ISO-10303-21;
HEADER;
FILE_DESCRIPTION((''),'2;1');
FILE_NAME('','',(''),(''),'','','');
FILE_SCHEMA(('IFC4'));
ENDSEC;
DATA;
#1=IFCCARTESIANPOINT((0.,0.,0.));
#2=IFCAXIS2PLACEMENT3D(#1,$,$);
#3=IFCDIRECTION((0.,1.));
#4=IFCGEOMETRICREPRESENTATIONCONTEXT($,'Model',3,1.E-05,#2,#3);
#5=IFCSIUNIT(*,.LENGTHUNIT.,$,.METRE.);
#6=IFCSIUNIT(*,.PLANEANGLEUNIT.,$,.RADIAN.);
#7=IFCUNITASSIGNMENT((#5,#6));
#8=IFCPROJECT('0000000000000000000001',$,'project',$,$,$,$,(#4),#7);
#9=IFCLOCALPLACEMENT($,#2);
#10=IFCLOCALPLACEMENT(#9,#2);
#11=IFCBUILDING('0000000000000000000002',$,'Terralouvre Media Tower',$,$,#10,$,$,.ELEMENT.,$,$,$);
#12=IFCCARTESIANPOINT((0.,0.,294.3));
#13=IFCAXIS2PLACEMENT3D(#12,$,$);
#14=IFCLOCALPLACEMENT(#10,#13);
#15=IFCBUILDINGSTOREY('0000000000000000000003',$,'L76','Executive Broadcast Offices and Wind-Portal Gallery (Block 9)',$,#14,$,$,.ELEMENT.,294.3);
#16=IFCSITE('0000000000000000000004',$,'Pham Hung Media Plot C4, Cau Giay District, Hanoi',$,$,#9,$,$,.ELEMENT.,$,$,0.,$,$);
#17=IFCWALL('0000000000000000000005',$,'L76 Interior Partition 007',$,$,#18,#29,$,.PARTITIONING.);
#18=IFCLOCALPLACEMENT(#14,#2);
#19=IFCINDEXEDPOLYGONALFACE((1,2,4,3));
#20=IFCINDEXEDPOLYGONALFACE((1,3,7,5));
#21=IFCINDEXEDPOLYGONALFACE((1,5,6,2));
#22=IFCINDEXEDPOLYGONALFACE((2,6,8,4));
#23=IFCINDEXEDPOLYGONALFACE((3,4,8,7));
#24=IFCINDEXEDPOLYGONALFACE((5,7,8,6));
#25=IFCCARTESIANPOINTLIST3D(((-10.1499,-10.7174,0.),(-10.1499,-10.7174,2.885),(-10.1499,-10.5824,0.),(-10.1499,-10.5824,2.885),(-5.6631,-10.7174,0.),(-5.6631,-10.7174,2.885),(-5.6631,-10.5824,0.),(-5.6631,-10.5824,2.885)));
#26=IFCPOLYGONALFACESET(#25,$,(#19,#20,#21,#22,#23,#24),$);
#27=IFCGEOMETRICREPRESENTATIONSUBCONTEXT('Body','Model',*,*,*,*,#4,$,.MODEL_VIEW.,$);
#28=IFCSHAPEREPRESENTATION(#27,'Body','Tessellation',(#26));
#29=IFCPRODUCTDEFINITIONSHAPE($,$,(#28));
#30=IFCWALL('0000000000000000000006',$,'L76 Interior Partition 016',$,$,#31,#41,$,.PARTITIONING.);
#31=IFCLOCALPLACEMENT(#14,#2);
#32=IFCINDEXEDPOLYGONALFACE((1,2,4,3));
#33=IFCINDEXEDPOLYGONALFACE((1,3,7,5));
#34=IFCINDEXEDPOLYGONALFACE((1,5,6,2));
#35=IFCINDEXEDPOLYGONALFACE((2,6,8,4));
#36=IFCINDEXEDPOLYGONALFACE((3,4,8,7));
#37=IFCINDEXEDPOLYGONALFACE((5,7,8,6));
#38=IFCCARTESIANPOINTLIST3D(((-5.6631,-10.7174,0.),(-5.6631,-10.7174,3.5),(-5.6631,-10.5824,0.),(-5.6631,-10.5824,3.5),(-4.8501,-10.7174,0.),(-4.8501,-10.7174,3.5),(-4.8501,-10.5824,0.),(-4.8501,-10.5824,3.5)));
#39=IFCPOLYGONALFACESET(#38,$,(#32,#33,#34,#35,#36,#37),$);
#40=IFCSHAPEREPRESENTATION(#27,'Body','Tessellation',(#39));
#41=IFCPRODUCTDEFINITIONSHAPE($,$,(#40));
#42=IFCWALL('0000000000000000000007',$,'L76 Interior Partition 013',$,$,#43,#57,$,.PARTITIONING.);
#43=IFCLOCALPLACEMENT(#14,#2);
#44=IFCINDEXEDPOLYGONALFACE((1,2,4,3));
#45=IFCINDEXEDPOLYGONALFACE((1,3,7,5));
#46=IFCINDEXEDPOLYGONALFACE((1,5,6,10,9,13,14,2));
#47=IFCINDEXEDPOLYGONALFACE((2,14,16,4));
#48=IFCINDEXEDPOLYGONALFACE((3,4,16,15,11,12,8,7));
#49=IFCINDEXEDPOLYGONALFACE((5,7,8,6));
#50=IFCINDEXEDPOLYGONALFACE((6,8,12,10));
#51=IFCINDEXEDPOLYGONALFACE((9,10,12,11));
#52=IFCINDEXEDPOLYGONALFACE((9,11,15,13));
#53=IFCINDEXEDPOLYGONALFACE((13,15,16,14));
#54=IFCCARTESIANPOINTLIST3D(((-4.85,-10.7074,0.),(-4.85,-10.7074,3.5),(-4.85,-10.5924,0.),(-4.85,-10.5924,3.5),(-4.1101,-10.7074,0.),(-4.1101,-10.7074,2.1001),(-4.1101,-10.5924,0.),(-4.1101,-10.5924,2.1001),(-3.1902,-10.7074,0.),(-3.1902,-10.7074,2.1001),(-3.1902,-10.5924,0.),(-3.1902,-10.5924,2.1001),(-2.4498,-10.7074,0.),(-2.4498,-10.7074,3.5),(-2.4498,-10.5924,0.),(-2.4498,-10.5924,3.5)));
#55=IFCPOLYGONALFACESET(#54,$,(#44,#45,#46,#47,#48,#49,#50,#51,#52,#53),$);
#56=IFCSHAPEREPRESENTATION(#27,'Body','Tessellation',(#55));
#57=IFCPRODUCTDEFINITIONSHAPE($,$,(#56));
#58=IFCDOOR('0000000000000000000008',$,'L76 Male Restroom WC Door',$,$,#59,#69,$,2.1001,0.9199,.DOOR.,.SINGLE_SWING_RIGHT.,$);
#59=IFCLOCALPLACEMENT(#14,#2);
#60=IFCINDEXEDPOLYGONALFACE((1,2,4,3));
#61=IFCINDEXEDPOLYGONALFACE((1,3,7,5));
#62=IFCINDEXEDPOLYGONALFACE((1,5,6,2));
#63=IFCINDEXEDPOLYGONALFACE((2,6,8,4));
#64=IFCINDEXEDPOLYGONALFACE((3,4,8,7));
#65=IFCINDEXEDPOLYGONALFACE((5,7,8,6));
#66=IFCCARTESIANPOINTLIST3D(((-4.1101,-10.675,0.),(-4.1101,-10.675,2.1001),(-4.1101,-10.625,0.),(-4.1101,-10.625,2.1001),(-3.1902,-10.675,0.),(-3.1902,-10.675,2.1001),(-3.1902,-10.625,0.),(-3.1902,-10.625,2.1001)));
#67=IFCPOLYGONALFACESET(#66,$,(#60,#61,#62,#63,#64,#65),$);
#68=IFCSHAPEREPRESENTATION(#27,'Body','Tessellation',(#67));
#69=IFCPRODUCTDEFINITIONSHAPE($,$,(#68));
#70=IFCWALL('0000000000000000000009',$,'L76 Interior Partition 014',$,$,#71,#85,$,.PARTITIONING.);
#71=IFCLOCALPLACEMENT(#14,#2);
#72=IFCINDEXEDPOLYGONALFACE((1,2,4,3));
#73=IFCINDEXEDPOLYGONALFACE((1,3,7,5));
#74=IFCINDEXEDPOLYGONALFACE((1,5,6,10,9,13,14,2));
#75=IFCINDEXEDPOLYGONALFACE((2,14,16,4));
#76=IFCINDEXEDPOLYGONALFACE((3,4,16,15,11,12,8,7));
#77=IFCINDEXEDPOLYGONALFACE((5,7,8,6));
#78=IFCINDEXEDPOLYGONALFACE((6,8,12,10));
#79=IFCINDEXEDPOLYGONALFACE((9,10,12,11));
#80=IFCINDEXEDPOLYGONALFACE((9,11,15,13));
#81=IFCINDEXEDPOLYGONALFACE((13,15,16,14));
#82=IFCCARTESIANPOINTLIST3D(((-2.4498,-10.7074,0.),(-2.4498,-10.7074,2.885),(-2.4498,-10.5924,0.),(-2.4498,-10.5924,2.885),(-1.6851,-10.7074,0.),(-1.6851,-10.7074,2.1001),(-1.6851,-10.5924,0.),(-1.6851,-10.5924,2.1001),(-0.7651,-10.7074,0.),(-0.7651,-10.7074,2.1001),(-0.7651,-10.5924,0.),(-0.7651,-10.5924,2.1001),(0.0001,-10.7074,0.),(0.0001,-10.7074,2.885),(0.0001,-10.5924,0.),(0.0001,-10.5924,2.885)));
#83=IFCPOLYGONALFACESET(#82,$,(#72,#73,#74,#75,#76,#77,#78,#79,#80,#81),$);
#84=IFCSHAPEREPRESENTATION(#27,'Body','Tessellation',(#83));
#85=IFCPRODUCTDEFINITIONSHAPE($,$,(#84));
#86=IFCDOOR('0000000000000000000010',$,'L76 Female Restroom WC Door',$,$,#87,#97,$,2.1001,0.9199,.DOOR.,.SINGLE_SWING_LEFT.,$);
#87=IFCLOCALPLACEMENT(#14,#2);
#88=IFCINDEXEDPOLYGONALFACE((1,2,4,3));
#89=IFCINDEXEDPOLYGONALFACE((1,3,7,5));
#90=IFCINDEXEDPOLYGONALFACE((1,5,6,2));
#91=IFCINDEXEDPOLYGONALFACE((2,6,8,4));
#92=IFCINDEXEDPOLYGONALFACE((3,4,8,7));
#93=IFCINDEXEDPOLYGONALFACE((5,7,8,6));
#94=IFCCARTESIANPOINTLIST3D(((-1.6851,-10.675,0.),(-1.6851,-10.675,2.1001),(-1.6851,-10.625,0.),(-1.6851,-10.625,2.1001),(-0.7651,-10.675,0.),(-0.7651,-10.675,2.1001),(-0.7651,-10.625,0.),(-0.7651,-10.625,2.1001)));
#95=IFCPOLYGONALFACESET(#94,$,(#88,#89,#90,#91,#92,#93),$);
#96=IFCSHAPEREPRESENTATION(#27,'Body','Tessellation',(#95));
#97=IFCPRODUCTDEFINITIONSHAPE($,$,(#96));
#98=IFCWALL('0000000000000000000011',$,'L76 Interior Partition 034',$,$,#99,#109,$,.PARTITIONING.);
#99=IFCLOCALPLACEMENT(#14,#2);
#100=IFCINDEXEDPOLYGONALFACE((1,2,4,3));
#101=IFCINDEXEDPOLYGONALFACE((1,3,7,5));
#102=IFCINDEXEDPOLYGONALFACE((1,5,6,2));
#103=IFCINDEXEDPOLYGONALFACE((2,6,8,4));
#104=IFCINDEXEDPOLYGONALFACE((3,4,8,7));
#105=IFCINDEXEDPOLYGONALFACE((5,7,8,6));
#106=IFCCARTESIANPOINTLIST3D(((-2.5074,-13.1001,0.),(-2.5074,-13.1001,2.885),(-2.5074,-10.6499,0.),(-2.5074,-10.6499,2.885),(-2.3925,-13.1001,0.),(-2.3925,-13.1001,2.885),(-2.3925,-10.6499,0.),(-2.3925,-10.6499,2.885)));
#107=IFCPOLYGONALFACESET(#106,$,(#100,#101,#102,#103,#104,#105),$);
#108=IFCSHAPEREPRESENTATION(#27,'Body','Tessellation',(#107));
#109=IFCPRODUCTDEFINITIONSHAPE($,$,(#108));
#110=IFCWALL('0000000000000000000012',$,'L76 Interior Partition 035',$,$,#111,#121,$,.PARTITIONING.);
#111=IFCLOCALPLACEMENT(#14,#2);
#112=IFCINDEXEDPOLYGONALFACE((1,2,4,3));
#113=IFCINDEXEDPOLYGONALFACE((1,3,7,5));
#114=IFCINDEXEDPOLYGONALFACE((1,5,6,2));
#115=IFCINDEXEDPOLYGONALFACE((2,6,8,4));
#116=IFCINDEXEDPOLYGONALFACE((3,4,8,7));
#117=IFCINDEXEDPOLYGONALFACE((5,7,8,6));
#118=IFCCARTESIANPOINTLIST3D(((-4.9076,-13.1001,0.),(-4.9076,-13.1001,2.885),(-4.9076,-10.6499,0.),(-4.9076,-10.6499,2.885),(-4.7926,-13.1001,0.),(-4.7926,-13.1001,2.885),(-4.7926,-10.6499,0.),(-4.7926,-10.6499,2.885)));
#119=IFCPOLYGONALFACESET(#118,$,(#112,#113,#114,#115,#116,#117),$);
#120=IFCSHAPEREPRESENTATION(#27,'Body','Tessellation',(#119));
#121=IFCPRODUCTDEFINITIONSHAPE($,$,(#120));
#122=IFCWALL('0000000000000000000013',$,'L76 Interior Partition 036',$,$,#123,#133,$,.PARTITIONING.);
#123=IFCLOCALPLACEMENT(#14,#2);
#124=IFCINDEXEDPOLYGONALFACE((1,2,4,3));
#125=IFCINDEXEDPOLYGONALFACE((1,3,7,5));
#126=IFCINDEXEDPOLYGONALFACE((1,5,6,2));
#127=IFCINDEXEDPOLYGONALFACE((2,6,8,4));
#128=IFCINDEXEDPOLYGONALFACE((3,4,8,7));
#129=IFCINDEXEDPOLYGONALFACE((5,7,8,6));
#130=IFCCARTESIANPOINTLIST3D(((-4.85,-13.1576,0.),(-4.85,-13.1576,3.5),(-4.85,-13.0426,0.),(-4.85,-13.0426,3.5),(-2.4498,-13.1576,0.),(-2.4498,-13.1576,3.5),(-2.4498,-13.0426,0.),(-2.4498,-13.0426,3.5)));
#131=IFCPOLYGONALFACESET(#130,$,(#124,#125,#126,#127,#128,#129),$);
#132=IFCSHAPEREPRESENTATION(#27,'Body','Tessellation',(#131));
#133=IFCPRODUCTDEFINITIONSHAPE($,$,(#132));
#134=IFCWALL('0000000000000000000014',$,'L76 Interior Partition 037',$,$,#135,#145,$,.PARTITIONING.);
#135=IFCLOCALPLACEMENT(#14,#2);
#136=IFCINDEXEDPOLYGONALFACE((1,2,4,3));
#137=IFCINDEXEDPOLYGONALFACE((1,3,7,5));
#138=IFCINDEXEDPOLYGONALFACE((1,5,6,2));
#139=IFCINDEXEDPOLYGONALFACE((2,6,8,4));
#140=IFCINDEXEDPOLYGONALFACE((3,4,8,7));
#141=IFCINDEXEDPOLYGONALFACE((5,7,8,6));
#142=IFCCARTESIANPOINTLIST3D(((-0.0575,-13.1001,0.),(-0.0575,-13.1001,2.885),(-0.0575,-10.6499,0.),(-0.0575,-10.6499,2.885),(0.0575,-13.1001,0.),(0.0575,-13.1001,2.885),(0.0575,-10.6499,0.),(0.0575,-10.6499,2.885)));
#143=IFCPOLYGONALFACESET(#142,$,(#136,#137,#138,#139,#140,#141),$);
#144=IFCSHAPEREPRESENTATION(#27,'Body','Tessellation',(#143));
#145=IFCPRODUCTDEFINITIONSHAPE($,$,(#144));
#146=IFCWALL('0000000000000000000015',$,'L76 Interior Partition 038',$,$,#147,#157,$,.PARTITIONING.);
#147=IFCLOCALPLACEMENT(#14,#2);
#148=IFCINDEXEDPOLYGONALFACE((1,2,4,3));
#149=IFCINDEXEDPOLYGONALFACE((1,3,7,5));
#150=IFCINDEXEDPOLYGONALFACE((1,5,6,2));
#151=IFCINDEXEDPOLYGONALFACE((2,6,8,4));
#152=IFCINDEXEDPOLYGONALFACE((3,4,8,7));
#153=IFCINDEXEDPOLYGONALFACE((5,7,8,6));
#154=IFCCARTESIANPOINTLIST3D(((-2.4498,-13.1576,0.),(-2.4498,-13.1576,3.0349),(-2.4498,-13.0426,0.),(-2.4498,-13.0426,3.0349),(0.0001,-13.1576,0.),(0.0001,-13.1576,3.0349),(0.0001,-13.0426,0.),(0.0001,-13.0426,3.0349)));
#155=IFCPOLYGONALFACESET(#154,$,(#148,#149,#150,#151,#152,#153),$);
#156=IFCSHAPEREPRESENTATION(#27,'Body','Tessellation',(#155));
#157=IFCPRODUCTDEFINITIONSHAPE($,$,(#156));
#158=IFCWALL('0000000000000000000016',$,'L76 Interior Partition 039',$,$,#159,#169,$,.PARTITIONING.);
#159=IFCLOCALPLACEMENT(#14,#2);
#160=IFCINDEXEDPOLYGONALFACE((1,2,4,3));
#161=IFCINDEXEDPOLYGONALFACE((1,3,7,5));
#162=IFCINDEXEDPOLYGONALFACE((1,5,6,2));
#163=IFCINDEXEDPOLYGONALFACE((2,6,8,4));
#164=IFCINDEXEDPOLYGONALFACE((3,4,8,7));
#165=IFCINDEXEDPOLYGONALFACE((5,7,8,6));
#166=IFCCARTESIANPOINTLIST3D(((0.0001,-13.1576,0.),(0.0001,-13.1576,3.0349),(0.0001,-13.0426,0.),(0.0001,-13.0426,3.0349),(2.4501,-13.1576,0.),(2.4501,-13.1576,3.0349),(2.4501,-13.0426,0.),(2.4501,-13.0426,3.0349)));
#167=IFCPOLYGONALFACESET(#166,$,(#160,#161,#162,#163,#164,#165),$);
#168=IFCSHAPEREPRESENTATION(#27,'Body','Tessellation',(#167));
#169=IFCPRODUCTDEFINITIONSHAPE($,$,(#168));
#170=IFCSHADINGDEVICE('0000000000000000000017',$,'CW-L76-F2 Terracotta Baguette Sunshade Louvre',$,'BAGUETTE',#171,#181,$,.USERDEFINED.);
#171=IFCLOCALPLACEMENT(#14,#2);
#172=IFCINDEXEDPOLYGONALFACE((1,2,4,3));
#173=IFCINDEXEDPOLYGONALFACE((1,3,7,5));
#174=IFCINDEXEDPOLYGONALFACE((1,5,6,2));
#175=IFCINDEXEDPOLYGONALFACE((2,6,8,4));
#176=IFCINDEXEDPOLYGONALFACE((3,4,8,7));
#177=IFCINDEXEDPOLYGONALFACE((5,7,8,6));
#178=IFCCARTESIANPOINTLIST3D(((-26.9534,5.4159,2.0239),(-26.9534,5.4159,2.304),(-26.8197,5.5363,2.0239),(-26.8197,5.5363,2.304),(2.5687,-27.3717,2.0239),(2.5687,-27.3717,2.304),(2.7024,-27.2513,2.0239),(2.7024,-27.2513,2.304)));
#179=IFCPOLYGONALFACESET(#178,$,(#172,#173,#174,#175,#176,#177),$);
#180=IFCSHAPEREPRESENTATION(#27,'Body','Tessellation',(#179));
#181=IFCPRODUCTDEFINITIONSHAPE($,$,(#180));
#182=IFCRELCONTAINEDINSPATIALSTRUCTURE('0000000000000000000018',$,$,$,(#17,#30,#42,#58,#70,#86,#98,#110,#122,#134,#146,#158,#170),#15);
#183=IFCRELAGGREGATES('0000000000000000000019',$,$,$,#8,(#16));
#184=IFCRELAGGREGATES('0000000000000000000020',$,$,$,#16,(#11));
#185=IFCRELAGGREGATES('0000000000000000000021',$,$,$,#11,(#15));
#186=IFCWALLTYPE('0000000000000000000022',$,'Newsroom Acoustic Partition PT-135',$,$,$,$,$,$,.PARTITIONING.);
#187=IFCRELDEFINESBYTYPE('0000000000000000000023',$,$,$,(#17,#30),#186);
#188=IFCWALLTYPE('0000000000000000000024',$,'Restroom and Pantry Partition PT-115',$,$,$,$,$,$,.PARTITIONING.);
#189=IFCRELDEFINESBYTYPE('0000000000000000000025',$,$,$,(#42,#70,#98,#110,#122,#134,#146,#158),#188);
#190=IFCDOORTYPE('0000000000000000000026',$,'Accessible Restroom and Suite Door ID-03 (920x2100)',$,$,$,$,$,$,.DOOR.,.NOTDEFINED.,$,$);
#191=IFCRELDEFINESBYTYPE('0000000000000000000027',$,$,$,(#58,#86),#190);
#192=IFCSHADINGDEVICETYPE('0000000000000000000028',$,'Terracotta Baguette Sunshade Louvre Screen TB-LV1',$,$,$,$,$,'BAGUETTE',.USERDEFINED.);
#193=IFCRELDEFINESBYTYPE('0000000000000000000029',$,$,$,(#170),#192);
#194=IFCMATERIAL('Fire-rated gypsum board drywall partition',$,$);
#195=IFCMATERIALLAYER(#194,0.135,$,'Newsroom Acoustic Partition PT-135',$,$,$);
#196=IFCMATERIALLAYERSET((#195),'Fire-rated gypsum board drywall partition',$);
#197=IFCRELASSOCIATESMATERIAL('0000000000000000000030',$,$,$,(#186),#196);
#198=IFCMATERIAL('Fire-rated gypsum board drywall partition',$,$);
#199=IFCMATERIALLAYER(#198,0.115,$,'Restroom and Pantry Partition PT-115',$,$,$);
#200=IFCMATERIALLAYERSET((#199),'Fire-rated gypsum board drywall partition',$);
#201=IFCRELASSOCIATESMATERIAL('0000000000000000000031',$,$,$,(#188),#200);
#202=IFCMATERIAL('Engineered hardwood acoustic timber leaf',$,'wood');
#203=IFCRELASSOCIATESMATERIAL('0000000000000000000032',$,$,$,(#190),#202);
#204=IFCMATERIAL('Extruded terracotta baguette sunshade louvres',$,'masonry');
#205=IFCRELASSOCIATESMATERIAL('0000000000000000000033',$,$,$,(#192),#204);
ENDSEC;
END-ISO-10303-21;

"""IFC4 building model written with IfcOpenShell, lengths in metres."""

from ifc_helpers import new_model, si_unit, direction, frame, frame_2d, origin, origin_2d, place, context, subcontext, project, spatial, rectangle, extrude, material, layer, layer_set, type_object, element, fill, save


model = new_model("IFC4")

# Units and contexts
model_context = context("Model", 3, precision=1e-05, world=origin(), true_north=direction((0.0, 1.0)))
body_context = subcontext(model_context, "Body", "Model", "MODEL_VIEW")
ifc_project = project(units=[si_unit("LENGTHUNIT", "METRE"), si_unit("PLANEANGLEUNIT", "RADIAN")], contexts=[model_context])

# Site, building, storey
site_placement = place(None, origin())
site = spatial("IfcSite", under=ifc_project, at=site_placement, Name="Pham Hung Media Plot C4, Cau Giay District, Hanoi", CompositionType="ELEMENT", RefElevation=0.0)
building_placement = place(site_placement, origin())
building = spatial("IfcBuilding", under=site, at=building_placement, Name="Terralouvre Media Tower", CompositionType="ELEMENT")
storey_placement = place(building_placement, frame((0.0, 0.0, 294.3)))
storey = spatial("IfcBuildingStorey", under=building, at=storey_placement, Name="L76", Description="Executive Broadcast Offices and Wind-Portal Gallery (Block 9)", CompositionType="ELEMENT", Elevation=294.3)

# Walls
ifc_material_1 = material(Name="Fire-rated gypsum board drywall partition")
ifc_layer_1 = layer(ifc_material_1, 0.135, Name="Newsroom Acoustic Partition PT-135")
ifc_layer_set_1 = layer_set([ifc_layer_1], Name="Fire-rated gypsum board drywall partition")
wall_type_1 = type_object("IfcWallType", Name="Newsroom Acoustic Partition PT-135", PredefinedType="PARTITIONING", material=ifc_layer_set_1)
wall_1_placement = place(storey_placement, frame((-10.1499, -10.6499, 0.0), z_axis=(0.0, 0.0, 1.0), x_axis=(1.0, 0.0, 0.0)))
element("IfcWall", 1, at=wall_1_placement, inside=storey, type_object=wall_type_1, Name="L76 Interior Partition 007", PredefinedType="PARTITIONING", context=body_context, shape_type="SweptSolid", body=[
    extrude(rectangle(XDim=4.4868, YDim=0.135, at=frame_2d((2.2434, 0.0))), origin(), (0.0, 0.0, 1.0), 2.885),
])
wall_2_placement = place(storey_placement, frame((-5.6631, -10.6499, 0.0), z_axis=(0.0, 0.0, 1.0), x_axis=(1.0, 0.0, 0.0)))
element("IfcWall", 2, at=wall_2_placement, inside=storey, type_object=wall_type_1, Name="L76 Interior Partition 016", PredefinedType="PARTITIONING", context=body_context, shape_type="SweptSolid", body=[
    extrude(rectangle(XDim=0.813, YDim=0.135, at=frame_2d((0.4065, 0.0))), origin(), (0.0, 0.0, 1.0), 3.5),
])

# Walls, openings, doors
ifc_material_2 = material(Name="Fire-rated gypsum board drywall partition")
ifc_layer_2 = layer(ifc_material_2, 0.115, Name="Restroom and Pantry Partition PT-115")
ifc_layer_set_2 = layer_set([ifc_layer_2], Name="Fire-rated gypsum board drywall partition")
wall_type_2 = type_object("IfcWallType", Name="Restroom and Pantry Partition PT-115", PredefinedType="PARTITIONING", material=ifc_layer_set_2)
wall_3_placement = place(storey_placement, frame((-4.8501, -10.6499, 0.0), z_axis=(0.0, 0.0, 1.0), x_axis=(1.0, 0.0, 0.0)))
wall_3 = element("IfcWall", 3, at=wall_3_placement, inside=storey, type_object=wall_type_2, Name="L76 Interior Partition 013", PredefinedType="PARTITIONING", context=body_context, shape_type="SweptSolid", body=[
    extrude(rectangle(XDim=2.4001, YDim=0.115, at=frame_2d((1.2002, 0.0))), origin(), (0.0, 0.0, 1.0), 3.5),
])
opening_1_placement = place(wall_3_placement, frame((0.74, 0.0, 0.0)))
opening_1 = element("IfcOpeningElement", 4, at=opening_1_placement, cuts=wall_3, PredefinedType="OPENING", context=body_context, shape_type="SweptSolid", body=[
    extrude(rectangle(XDim=0.9199, YDim=2.1001, at=frame_2d((0.46, 1.05))), frame((0.0, 0.0674, 0.0), z_axis=(0.0, -1.0, 0.0), x_axis=(1.0, 0.0, 0.0)), (0.0, 0.0, 1.0), 0.135),
])
ifc_material_3 = material(Name="Engineered hardwood acoustic timber leaf", Category="wood")
door_type = type_object("IfcDoorType", Name="Accessible Restroom and Suite Door ID-03 (920x2100)", OperationType="NOTDEFINED", PredefinedType="DOOR", material=ifc_material_3)
door_1_placement = place(opening_1_placement, origin())
door_1 = element("IfcDoor", 5, at=door_1_placement, inside=storey, type_object=door_type, Name="L76 Male Restroom WC Door", OperationType="SINGLE_SWING_RIGHT", OverallHeight=2.1001, OverallWidth=0.9199, PredefinedType="DOOR", context=body_context, shape_type="SweptSolid", body=[
    extrude(rectangle(XDim=0.9199, YDim=2.1001, at=frame_2d((0.46, 1.05))), frame((0.0, 0.0249, 0.0), z_axis=(0.0, -1.0, 0.0), x_axis=(1.0, 0.0, 0.0)), (0.0, 0.0, 1.0), 0.05),
])
fill(opening_1, door_1)
wall_4_placement = place(storey_placement, frame((-2.45, -10.6499, 0.0), z_axis=(0.0, 0.0, 1.0), x_axis=(1.0, 0.0, 0.0)))
wall_4 = element("IfcWall", 6, at=wall_4_placement, inside=storey, type_object=wall_type_2, Name="L76 Interior Partition 014", PredefinedType="PARTITIONING", context=body_context, shape_type="SweptSolid", body=[
    extrude(rectangle(XDim=2.45, YDim=0.115, at=frame_2d((1.2251, 0.0))), origin(), (0.0, 0.0, 1.0), 2.885),
])
opening_2_placement = place(wall_4_placement, frame((0.7649, 0.0, 0.0)))
opening_2 = element("IfcOpeningElement", 7, at=opening_2_placement, cuts=wall_4, PredefinedType="OPENING", context=body_context, shape_type="SweptSolid", body=[
    extrude(rectangle(XDim=0.9199, YDim=2.1001, at=frame_2d((0.46, 1.05))), frame((0.0, 0.0674, 0.0), z_axis=(0.0, -1.0, 0.0), x_axis=(1.0, 0.0, 0.0)), (0.0, 0.0, 1.0), 0.135),
])
door_2_placement = place(opening_2_placement, origin())
door_2 = element("IfcDoor", 8, at=door_2_placement, inside=storey, type_object=door_type, Name="L76 Female Restroom WC Door", OperationType="SINGLE_SWING_LEFT", OverallHeight=2.1001, OverallWidth=0.9199, PredefinedType="DOOR", context=body_context, shape_type="SweptSolid", body=[
    extrude(rectangle(XDim=0.9199, YDim=2.1001, at=frame_2d((0.46, 1.05))), frame((0.0, 0.0249, 0.0), z_axis=(0.0, -1.0, 0.0), x_axis=(1.0, 0.0, 0.0)), (0.0, 0.0, 1.0), 0.05),
])
fill(opening_2, door_2)

# Walls
for number, where, z_axis, x_axis, name in (
    (9, (-2.45, -13.1001, 0.0), (0.0, 0.0, 1.0), (0.0, 1.0, 0.0), "L76 Interior Partition 034"),
    (10, (-4.8501, -10.6499, 0.0), (0.0, 0.0, 1.0), (0.0, -1.0, 0.0), "L76 Interior Partition 035"),
):
    element("IfcWall", number, at=place(storey_placement, frame(where, z_axis=z_axis, x_axis=x_axis)), inside=storey, type_object=wall_type_2, Name=name, PredefinedType="PARTITIONING", context=body_context, shape_type="SweptSolid", body=[
        extrude(rectangle(XDim=2.4502, YDim=0.115, at=frame_2d((1.2251, 0.0))), origin(), (0.0, 0.0, 1.0), 2.885),
    ])
wall_5_placement = place(storey_placement, frame((-4.8501, -13.1001, 0.0), z_axis=(0.0, 0.0, 1.0), x_axis=(1.0, 0.0, 0.0)))
element("IfcWall", 11, at=wall_5_placement, inside=storey, type_object=wall_type_2, Name="L76 Interior Partition 036", PredefinedType="PARTITIONING", context=body_context, shape_type="SweptSolid", body=[
    extrude(rectangle(XDim=2.4001, YDim=0.115, at=frame_2d((1.2002, 0.0))), origin(), (0.0, 0.0, 1.0), 3.5),
])
wall_6_placement = place(storey_placement, frame((0.0, -13.1001, 0.0), z_axis=(0.0, 0.0, 1.0), x_axis=(0.0, 1.0, 0.0)))
element("IfcWall", 12, at=wall_6_placement, inside=storey, type_object=wall_type_2, Name="L76 Interior Partition 037", PredefinedType="PARTITIONING", context=body_context, shape_type="SweptSolid", body=[
    extrude(rectangle(XDim=2.4502, YDim=0.115, at=frame_2d((1.2251, 0.0))), origin(), (0.0, 0.0, 1.0), 2.885),
])
for number, where, z_axis, x_axis, name in (
    (13, (-2.45, -13.1001, 0.0), (0.0, 0.0, 1.0), (1.0, 0.0, 0.0), "L76 Interior Partition 038"),
    (14, (0.0, -13.1001, 0.0), (0.0, 0.0, 1.0), (1.0, 0.0, 0.0), "L76 Interior Partition 039"),
):
    element("IfcWall", number, at=place(storey_placement, frame(where, z_axis=z_axis, x_axis=x_axis)), inside=storey, type_object=wall_type_2, Name=name, PredefinedType="PARTITIONING", context=body_context, shape_type="SweptSolid", body=[
        extrude(rectangle(XDim=2.45, YDim=0.115, at=frame_2d((1.2251, 0.0))), origin(), (0.0, 0.0, 1.0), 3.0349),
    ])

# Shading device
ifc_material_4 = material(Name="Extruded terracotta baguette sunshade louvres", Category="masonry")
shading_device_type = type_object("IfcShadingDeviceType", Name="Terracotta Baguette Sunshade Louvre Screen TB-LV1", ElementType="BAGUETTE", PredefinedType="USERDEFINED", material=ifc_material_4)
shading_device_placement = place(storey_placement, frame((-12.1255, -10.9177, 2.0239), z_axis=(0.0, 0.0, 1.0), x_axis=(0.669131, -0.743145, 0.0)))
element("IfcShadingDevice", 15, at=shading_device_placement, inside=storey, type_object=shading_device_type, Name="CW-L76-F2 Terracotta Baguette Sunshade Louvre", ObjectType="BAGUETTE", PredefinedType="USERDEFINED", context=body_context, shape_type="SweptSolid", body=[
    extrude(rectangle(XDim=44.1201, YDim=0.1799, at=origin_2d()), origin(), (0.0, 0.0, 1.0), 0.28),
])

save(model, "model.ifc")
